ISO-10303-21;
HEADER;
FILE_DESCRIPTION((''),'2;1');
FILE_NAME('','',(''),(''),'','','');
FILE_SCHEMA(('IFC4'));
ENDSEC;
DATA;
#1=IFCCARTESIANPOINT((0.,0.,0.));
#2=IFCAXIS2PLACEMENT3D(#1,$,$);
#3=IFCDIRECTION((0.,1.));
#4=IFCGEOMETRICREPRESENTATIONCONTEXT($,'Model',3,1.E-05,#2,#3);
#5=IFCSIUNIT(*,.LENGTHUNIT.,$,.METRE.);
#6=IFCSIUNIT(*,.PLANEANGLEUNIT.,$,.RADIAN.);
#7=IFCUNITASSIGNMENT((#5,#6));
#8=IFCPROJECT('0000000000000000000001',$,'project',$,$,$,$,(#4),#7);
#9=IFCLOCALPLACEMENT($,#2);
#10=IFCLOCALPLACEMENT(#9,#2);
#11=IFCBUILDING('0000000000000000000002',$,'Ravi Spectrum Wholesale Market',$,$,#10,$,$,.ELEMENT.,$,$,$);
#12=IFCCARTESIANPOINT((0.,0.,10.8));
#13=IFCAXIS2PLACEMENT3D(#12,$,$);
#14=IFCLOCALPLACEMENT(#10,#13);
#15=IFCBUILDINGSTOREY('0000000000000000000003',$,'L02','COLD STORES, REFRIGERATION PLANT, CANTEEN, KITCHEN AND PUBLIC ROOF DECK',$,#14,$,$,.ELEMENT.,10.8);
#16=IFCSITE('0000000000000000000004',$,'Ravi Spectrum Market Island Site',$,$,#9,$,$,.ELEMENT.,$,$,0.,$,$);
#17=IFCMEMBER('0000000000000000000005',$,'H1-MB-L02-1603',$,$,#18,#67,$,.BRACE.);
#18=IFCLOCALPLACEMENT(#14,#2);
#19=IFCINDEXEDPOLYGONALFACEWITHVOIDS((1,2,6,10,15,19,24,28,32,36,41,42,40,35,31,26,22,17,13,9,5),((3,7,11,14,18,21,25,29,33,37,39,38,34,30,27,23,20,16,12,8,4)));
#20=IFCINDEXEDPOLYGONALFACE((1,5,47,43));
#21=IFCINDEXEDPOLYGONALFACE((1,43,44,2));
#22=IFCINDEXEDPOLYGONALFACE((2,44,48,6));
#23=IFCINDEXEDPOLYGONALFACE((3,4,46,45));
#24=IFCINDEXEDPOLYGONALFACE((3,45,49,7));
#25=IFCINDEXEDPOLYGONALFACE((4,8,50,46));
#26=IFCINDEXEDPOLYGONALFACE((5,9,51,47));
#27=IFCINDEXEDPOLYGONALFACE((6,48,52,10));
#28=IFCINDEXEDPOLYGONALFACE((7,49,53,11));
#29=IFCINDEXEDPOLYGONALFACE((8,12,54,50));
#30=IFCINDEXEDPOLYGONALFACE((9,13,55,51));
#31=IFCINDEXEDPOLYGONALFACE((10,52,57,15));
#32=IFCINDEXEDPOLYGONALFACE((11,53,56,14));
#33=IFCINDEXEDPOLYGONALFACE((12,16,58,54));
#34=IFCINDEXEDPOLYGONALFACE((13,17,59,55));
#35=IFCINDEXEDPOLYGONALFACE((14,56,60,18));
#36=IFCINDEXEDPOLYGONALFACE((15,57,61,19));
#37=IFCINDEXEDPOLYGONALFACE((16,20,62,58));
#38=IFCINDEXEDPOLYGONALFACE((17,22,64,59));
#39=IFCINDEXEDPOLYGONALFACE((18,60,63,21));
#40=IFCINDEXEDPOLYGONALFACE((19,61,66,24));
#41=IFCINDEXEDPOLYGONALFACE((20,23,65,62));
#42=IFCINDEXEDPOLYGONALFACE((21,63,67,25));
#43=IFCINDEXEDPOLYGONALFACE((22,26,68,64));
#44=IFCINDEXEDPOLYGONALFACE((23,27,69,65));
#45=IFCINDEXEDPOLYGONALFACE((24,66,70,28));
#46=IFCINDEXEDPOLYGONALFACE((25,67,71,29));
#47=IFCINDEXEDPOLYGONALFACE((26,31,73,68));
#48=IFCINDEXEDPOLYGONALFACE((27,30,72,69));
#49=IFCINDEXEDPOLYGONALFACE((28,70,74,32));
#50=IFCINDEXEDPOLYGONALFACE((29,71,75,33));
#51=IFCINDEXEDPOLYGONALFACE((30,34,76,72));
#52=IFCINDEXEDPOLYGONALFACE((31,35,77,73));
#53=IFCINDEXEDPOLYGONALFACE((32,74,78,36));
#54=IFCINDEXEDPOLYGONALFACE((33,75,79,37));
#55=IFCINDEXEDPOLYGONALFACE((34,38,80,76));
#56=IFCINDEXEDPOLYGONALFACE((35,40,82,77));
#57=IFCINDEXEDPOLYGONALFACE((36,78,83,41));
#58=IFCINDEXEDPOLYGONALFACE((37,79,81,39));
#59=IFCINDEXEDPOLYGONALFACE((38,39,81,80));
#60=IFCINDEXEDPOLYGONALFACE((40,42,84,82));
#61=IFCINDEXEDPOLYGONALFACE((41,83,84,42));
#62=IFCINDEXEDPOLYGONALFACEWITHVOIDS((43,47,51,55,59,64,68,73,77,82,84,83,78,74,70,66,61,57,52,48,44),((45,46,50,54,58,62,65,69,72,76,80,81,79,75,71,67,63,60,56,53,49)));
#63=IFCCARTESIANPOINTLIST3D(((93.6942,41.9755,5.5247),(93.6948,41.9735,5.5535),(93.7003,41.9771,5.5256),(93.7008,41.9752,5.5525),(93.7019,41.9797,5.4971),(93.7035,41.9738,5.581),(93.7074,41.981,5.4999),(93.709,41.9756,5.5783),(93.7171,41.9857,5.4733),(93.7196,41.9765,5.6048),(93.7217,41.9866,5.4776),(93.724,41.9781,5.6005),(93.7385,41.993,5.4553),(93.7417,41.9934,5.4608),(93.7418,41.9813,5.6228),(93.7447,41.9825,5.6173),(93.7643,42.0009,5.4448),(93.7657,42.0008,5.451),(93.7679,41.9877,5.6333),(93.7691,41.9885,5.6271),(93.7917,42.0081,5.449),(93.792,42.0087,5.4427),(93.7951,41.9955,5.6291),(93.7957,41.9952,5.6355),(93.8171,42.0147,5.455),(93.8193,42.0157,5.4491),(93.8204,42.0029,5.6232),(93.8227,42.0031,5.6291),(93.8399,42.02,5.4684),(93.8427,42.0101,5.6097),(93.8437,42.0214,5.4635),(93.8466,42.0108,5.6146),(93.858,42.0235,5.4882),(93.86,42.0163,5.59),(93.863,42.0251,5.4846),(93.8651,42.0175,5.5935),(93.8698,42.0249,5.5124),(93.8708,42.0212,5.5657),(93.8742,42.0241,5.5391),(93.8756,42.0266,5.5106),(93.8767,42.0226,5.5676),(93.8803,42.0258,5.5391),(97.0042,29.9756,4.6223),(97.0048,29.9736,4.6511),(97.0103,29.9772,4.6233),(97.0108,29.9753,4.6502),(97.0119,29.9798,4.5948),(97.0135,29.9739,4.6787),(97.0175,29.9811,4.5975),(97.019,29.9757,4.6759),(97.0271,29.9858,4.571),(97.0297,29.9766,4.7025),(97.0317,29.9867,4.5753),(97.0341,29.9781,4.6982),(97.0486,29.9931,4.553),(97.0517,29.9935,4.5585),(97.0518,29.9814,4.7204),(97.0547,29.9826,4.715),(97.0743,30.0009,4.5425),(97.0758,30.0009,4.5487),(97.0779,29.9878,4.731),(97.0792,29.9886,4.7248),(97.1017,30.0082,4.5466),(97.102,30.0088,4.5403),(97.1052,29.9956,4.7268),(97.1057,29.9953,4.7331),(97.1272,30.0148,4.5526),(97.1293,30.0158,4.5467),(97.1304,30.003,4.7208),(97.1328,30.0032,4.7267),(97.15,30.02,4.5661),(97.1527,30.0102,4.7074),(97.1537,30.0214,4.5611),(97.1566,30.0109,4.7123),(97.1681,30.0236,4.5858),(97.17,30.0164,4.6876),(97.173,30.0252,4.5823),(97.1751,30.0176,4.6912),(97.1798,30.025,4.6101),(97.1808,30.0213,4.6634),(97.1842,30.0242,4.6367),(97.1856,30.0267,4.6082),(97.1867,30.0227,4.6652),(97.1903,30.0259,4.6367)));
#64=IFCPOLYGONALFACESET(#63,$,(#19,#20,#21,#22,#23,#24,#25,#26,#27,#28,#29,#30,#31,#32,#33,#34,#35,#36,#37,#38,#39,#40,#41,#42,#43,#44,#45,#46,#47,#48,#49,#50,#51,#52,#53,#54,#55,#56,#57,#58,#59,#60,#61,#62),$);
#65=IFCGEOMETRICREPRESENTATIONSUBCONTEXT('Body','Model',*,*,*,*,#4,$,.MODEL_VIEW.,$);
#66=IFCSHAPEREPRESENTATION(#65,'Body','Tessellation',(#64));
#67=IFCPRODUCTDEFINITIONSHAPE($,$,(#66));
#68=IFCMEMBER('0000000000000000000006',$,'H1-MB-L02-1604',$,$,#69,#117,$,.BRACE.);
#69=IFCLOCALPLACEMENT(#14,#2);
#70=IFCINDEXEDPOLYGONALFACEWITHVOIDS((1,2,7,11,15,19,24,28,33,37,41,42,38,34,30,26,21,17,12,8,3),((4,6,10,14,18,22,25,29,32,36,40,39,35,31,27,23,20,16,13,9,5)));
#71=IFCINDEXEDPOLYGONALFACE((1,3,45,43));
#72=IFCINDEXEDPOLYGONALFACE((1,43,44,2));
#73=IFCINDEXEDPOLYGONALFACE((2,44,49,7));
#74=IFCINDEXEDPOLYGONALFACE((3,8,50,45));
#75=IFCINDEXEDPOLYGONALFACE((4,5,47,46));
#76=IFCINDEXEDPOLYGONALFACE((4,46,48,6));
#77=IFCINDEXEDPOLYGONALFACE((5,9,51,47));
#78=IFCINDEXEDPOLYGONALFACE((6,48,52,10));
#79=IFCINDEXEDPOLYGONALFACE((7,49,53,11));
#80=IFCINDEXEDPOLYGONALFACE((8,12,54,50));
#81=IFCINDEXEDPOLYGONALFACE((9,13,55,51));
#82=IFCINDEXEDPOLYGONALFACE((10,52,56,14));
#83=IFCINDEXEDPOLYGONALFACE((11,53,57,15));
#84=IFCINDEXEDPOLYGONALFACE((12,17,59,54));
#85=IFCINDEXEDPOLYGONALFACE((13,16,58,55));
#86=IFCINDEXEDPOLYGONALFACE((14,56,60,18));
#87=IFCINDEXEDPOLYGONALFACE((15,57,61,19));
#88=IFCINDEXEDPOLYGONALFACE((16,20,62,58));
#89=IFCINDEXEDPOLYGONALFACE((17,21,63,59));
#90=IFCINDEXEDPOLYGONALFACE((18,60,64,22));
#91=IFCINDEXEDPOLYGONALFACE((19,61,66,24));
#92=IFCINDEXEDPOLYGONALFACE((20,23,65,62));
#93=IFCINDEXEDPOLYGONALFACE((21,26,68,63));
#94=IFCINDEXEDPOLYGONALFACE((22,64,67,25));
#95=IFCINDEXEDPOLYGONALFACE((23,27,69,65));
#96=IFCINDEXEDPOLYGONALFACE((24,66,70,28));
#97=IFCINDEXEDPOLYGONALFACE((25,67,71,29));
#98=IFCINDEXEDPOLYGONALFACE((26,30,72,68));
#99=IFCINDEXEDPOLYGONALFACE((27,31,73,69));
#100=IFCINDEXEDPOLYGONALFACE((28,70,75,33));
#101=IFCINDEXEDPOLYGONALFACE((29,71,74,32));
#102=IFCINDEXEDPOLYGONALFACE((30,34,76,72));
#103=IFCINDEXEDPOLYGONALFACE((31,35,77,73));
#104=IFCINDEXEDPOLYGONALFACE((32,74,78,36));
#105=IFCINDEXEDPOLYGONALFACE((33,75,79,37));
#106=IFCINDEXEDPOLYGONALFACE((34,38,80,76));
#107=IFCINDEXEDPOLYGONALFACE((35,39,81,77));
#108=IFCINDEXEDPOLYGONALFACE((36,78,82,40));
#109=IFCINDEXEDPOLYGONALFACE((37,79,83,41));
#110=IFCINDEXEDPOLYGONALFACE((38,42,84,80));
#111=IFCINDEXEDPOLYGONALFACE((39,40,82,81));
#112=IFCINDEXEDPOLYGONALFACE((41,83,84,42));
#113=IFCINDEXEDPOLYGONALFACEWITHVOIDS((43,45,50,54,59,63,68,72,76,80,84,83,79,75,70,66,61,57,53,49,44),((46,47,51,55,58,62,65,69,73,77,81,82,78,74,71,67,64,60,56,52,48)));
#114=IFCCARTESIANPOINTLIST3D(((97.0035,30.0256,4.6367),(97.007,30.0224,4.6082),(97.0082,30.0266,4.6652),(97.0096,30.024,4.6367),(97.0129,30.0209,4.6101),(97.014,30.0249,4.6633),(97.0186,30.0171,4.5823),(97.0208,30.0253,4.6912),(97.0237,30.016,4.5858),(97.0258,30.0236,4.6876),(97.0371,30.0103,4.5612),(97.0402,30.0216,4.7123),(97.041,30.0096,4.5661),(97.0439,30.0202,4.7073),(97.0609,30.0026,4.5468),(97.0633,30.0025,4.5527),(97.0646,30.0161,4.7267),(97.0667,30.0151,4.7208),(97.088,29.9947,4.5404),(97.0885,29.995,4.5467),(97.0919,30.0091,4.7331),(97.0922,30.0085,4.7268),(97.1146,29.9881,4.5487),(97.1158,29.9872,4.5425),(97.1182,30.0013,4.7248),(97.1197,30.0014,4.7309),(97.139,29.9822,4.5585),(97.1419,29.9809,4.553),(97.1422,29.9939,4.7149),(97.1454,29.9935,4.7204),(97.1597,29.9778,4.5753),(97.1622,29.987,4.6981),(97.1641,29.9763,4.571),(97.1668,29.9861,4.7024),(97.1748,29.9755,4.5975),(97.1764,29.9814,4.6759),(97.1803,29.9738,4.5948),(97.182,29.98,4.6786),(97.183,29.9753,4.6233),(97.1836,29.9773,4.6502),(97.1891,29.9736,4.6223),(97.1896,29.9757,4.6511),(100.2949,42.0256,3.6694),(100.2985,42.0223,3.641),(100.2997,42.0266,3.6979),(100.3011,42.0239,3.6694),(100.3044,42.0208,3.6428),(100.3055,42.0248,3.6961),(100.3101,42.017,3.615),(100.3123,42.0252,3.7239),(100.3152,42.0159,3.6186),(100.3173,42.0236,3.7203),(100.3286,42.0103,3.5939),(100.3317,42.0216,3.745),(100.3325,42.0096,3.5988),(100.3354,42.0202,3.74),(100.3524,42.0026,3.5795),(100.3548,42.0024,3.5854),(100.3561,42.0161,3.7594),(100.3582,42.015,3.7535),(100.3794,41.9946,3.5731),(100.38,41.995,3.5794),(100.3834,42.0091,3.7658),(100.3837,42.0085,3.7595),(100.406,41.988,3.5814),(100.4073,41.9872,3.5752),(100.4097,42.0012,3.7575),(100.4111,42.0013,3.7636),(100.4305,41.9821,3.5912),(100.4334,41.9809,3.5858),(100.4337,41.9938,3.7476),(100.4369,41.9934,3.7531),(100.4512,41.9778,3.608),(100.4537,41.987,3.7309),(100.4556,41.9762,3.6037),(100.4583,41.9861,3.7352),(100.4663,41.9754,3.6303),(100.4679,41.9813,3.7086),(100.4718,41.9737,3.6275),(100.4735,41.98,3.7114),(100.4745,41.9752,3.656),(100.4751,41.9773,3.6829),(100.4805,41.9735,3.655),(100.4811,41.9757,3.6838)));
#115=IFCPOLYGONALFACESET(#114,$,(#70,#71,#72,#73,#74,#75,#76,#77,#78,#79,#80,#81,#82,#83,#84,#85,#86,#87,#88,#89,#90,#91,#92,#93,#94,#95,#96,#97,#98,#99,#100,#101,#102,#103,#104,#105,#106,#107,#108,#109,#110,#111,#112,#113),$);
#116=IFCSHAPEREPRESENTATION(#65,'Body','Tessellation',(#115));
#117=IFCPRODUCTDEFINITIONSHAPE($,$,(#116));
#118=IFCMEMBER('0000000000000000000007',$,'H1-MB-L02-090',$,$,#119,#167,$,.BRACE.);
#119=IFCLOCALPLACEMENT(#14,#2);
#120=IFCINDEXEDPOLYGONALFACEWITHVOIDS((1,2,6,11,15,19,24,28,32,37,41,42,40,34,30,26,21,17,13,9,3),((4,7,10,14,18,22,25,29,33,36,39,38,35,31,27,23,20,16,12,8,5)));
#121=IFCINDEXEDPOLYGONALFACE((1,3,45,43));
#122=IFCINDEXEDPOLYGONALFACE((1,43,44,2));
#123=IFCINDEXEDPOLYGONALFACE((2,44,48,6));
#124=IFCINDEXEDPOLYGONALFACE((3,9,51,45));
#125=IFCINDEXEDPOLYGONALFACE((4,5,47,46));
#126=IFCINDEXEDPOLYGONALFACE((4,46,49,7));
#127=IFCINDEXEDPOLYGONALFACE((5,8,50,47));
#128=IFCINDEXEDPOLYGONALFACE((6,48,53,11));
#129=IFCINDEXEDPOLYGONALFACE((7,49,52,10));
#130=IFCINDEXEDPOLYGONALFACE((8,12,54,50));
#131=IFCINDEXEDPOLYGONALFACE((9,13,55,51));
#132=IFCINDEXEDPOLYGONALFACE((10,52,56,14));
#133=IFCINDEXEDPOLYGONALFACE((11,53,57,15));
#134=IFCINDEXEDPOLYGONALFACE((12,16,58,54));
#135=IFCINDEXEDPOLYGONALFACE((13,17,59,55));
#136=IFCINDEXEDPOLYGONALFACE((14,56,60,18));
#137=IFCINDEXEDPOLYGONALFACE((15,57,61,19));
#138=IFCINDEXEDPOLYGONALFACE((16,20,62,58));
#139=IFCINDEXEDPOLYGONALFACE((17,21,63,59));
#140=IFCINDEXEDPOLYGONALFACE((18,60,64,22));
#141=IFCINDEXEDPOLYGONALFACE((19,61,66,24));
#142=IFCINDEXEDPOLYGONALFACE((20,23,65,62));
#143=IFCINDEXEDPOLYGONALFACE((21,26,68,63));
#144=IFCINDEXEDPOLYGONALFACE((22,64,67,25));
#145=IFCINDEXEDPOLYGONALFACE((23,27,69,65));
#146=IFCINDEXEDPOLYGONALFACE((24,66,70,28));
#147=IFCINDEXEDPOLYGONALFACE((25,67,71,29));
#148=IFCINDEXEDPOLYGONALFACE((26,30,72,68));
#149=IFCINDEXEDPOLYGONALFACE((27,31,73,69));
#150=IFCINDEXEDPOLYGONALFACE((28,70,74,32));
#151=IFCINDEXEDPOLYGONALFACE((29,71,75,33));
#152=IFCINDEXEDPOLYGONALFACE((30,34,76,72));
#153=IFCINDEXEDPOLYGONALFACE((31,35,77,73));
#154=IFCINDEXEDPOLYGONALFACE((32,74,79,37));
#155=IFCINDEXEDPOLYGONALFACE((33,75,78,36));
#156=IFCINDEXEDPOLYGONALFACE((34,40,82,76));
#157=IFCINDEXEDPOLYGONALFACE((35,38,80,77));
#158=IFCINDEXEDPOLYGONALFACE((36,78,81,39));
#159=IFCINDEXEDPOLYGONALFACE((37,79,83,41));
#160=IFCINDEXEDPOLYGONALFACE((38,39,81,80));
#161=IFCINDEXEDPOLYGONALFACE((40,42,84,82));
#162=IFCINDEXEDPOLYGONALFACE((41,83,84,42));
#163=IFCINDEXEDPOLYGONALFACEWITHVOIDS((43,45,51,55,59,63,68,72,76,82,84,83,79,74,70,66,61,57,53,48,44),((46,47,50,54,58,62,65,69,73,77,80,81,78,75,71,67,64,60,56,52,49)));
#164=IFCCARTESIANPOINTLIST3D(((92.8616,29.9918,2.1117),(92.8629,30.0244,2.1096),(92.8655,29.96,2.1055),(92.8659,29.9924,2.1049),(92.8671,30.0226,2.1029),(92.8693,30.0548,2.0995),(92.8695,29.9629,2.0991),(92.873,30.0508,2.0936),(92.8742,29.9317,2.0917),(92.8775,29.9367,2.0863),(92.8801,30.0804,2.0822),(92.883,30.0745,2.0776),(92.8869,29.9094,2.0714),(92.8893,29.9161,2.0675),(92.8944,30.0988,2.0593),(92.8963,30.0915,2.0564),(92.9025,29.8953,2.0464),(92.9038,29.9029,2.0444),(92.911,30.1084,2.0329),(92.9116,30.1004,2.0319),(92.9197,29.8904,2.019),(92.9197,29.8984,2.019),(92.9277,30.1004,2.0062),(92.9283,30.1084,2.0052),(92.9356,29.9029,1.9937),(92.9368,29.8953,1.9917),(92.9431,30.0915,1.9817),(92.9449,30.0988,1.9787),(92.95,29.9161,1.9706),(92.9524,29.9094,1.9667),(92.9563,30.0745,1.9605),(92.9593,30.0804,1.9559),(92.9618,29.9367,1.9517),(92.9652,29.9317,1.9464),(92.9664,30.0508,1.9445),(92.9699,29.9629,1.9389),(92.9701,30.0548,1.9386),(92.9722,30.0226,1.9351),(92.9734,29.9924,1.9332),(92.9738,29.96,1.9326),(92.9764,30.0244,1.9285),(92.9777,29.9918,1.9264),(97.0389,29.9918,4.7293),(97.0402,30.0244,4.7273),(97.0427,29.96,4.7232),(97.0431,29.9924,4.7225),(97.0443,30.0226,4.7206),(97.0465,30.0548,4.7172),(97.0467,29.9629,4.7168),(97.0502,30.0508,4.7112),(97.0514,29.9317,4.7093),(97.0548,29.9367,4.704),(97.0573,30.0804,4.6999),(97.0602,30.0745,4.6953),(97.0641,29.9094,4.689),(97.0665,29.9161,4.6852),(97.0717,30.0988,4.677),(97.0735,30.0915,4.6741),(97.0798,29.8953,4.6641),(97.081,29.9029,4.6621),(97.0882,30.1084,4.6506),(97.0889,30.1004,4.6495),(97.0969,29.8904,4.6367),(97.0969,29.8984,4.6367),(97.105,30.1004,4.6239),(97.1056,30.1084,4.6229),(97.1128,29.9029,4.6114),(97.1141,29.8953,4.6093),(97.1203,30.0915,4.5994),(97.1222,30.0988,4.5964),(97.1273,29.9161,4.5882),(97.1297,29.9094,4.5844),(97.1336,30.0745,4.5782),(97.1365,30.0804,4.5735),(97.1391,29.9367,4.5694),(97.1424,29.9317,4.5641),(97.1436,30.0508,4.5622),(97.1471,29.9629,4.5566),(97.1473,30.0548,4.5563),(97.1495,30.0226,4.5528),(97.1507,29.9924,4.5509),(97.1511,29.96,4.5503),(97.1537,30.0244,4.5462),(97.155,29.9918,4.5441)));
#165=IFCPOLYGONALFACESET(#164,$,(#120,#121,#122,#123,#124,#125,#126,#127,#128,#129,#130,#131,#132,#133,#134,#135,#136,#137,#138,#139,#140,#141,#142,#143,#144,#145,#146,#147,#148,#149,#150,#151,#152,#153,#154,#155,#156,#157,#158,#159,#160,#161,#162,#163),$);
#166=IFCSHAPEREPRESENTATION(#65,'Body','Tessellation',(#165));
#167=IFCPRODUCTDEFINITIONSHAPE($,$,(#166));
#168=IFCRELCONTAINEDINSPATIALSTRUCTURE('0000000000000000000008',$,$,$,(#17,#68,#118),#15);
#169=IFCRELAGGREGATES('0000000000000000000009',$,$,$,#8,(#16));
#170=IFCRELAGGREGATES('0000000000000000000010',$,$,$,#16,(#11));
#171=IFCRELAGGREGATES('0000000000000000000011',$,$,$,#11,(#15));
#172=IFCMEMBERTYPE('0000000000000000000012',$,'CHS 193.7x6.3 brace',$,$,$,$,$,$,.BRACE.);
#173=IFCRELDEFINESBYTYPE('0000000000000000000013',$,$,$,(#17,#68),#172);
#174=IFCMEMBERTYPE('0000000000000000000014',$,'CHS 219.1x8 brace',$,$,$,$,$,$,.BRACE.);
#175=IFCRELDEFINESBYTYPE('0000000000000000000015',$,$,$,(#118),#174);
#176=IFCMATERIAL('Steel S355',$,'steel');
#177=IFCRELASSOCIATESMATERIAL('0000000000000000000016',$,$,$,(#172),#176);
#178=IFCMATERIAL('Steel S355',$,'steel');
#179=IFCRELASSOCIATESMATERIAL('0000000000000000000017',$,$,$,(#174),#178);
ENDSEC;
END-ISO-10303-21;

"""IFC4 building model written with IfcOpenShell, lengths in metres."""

from ifc_helpers import new_model, si_unit, direction, frame, origin, origin_2d, place, context, subcontext, project, spatial, hollow_circle, extrude, material, material_profile, profile_set, type_object, element, save


model = new_model("IFC4")

# Units and contexts
model_context = context("Model", 3, precision=1e-05, world=origin(), true_north=direction((0.0, 1.0)))
body_context = subcontext(model_context, "Body", "Model", "MODEL_VIEW")
ifc_project = project(units=[si_unit("LENGTHUNIT", "METRE"), si_unit("PLANEANGLEUNIT", "RADIAN")], contexts=[model_context])

# Site, building, storey
site_placement = place(None, origin())
site = spatial("IfcSite", under=ifc_project, at=site_placement, Name="Ravi Spectrum Market Island Site", CompositionType="ELEMENT", RefElevation=0.0)
building_placement = place(site_placement, origin())
building = spatial("IfcBuilding", under=site, at=building_placement, Name="Ravi Spectrum Wholesale Market", CompositionType="ELEMENT")
storey_placement = place(building_placement, frame((0.0, 0.0, 10.8)))
storey = spatial("IfcBuildingStorey", under=building, at=storey_placement, Name="L02", Description="COLD STORES, REFRIGERATION PLANT, CANTEEN, KITCHEN AND PUBLIC ROOF DECK", CompositionType="ELEMENT", Elevation=10.8)

# Members
ifc_material_1 = material(Name="Steel S355", Category="steel")
ifc_material_profile_1 = material_profile(ifc_material_1, hollow_circle(Radius=0.0969, WallThickness=0.0063, at=origin_2d()))
ifc_profile_set_1 = profile_set([ifc_material_profile_1], Name="Steel S355")
member_type_1 = type_object("IfcMemberType", Name="CHS 193.7x6.3 brace", PredefinedType="BRACE", material=ifc_profile_set_1)
for number, where, z_axis, x_axis, name in (
    (1, (93.7869, 42.0, 5.5391), (0.265212, -0.961476, -0.072298), (0.963999, 0.265908, 0.0), "H1-MB-L02-1603"),
    (2, (97.0969, 30.0, 4.6367), (0.263726, 0.961479, -0.077502), (-0.96438, 0.264522, 0.0), "H1-MB-L02-1604"),
):
    element("IfcMember", number, at=place(storey_placement, frame(where, z_axis=z_axis, x_axis=x_axis)), inside=storey, type_object=member_type_1, Name=name, PredefinedType="BRACE", context=body_context, shape_type="SweptSolid", body=[
        extrude(hollow_circle(Radius=0.0969, WallThickness=0.0063, at=origin_2d()), origin(), (0.0, 0.0, 1.0), 12.4807),
    ])
ifc_material_2 = material(Name="Steel S355", Category="steel")
ifc_material_profile_2 = material_profile(ifc_material_2, hollow_circle(Radius=0.1096, WallThickness=0.0081, at=origin_2d()))
ifc_profile_set_2 = profile_set([ifc_material_profile_2], Name="Steel S355")
member_type_2 = type_object("IfcMemberType", Name="CHS 219.1x8 brace", PredefinedType="BRACE", material=ifc_profile_set_2)
for number, where, z_axis, x_axis, name in (
    (3, (97.0969, 30.0, 4.6367), (-0.847369, 0.0, -0.531005), (0.0, -1.0, 0.0), "H1-MB-L02-090"),
):
    element("IfcMember", number, at=place(storey_placement, frame(where, z_axis=z_axis, x_axis=x_axis)), inside=storey, type_object=member_type_2, Name=name, PredefinedType="BRACE", context=body_context, shape_type="SweptSolid", body=[
        extrude(hollow_circle(Radius=0.1096, WallThickness=0.0081, at=origin_2d()), origin(), (0.0, 0.0, 1.0), 4.9297),
    ])

save(model, "model.ifc")
